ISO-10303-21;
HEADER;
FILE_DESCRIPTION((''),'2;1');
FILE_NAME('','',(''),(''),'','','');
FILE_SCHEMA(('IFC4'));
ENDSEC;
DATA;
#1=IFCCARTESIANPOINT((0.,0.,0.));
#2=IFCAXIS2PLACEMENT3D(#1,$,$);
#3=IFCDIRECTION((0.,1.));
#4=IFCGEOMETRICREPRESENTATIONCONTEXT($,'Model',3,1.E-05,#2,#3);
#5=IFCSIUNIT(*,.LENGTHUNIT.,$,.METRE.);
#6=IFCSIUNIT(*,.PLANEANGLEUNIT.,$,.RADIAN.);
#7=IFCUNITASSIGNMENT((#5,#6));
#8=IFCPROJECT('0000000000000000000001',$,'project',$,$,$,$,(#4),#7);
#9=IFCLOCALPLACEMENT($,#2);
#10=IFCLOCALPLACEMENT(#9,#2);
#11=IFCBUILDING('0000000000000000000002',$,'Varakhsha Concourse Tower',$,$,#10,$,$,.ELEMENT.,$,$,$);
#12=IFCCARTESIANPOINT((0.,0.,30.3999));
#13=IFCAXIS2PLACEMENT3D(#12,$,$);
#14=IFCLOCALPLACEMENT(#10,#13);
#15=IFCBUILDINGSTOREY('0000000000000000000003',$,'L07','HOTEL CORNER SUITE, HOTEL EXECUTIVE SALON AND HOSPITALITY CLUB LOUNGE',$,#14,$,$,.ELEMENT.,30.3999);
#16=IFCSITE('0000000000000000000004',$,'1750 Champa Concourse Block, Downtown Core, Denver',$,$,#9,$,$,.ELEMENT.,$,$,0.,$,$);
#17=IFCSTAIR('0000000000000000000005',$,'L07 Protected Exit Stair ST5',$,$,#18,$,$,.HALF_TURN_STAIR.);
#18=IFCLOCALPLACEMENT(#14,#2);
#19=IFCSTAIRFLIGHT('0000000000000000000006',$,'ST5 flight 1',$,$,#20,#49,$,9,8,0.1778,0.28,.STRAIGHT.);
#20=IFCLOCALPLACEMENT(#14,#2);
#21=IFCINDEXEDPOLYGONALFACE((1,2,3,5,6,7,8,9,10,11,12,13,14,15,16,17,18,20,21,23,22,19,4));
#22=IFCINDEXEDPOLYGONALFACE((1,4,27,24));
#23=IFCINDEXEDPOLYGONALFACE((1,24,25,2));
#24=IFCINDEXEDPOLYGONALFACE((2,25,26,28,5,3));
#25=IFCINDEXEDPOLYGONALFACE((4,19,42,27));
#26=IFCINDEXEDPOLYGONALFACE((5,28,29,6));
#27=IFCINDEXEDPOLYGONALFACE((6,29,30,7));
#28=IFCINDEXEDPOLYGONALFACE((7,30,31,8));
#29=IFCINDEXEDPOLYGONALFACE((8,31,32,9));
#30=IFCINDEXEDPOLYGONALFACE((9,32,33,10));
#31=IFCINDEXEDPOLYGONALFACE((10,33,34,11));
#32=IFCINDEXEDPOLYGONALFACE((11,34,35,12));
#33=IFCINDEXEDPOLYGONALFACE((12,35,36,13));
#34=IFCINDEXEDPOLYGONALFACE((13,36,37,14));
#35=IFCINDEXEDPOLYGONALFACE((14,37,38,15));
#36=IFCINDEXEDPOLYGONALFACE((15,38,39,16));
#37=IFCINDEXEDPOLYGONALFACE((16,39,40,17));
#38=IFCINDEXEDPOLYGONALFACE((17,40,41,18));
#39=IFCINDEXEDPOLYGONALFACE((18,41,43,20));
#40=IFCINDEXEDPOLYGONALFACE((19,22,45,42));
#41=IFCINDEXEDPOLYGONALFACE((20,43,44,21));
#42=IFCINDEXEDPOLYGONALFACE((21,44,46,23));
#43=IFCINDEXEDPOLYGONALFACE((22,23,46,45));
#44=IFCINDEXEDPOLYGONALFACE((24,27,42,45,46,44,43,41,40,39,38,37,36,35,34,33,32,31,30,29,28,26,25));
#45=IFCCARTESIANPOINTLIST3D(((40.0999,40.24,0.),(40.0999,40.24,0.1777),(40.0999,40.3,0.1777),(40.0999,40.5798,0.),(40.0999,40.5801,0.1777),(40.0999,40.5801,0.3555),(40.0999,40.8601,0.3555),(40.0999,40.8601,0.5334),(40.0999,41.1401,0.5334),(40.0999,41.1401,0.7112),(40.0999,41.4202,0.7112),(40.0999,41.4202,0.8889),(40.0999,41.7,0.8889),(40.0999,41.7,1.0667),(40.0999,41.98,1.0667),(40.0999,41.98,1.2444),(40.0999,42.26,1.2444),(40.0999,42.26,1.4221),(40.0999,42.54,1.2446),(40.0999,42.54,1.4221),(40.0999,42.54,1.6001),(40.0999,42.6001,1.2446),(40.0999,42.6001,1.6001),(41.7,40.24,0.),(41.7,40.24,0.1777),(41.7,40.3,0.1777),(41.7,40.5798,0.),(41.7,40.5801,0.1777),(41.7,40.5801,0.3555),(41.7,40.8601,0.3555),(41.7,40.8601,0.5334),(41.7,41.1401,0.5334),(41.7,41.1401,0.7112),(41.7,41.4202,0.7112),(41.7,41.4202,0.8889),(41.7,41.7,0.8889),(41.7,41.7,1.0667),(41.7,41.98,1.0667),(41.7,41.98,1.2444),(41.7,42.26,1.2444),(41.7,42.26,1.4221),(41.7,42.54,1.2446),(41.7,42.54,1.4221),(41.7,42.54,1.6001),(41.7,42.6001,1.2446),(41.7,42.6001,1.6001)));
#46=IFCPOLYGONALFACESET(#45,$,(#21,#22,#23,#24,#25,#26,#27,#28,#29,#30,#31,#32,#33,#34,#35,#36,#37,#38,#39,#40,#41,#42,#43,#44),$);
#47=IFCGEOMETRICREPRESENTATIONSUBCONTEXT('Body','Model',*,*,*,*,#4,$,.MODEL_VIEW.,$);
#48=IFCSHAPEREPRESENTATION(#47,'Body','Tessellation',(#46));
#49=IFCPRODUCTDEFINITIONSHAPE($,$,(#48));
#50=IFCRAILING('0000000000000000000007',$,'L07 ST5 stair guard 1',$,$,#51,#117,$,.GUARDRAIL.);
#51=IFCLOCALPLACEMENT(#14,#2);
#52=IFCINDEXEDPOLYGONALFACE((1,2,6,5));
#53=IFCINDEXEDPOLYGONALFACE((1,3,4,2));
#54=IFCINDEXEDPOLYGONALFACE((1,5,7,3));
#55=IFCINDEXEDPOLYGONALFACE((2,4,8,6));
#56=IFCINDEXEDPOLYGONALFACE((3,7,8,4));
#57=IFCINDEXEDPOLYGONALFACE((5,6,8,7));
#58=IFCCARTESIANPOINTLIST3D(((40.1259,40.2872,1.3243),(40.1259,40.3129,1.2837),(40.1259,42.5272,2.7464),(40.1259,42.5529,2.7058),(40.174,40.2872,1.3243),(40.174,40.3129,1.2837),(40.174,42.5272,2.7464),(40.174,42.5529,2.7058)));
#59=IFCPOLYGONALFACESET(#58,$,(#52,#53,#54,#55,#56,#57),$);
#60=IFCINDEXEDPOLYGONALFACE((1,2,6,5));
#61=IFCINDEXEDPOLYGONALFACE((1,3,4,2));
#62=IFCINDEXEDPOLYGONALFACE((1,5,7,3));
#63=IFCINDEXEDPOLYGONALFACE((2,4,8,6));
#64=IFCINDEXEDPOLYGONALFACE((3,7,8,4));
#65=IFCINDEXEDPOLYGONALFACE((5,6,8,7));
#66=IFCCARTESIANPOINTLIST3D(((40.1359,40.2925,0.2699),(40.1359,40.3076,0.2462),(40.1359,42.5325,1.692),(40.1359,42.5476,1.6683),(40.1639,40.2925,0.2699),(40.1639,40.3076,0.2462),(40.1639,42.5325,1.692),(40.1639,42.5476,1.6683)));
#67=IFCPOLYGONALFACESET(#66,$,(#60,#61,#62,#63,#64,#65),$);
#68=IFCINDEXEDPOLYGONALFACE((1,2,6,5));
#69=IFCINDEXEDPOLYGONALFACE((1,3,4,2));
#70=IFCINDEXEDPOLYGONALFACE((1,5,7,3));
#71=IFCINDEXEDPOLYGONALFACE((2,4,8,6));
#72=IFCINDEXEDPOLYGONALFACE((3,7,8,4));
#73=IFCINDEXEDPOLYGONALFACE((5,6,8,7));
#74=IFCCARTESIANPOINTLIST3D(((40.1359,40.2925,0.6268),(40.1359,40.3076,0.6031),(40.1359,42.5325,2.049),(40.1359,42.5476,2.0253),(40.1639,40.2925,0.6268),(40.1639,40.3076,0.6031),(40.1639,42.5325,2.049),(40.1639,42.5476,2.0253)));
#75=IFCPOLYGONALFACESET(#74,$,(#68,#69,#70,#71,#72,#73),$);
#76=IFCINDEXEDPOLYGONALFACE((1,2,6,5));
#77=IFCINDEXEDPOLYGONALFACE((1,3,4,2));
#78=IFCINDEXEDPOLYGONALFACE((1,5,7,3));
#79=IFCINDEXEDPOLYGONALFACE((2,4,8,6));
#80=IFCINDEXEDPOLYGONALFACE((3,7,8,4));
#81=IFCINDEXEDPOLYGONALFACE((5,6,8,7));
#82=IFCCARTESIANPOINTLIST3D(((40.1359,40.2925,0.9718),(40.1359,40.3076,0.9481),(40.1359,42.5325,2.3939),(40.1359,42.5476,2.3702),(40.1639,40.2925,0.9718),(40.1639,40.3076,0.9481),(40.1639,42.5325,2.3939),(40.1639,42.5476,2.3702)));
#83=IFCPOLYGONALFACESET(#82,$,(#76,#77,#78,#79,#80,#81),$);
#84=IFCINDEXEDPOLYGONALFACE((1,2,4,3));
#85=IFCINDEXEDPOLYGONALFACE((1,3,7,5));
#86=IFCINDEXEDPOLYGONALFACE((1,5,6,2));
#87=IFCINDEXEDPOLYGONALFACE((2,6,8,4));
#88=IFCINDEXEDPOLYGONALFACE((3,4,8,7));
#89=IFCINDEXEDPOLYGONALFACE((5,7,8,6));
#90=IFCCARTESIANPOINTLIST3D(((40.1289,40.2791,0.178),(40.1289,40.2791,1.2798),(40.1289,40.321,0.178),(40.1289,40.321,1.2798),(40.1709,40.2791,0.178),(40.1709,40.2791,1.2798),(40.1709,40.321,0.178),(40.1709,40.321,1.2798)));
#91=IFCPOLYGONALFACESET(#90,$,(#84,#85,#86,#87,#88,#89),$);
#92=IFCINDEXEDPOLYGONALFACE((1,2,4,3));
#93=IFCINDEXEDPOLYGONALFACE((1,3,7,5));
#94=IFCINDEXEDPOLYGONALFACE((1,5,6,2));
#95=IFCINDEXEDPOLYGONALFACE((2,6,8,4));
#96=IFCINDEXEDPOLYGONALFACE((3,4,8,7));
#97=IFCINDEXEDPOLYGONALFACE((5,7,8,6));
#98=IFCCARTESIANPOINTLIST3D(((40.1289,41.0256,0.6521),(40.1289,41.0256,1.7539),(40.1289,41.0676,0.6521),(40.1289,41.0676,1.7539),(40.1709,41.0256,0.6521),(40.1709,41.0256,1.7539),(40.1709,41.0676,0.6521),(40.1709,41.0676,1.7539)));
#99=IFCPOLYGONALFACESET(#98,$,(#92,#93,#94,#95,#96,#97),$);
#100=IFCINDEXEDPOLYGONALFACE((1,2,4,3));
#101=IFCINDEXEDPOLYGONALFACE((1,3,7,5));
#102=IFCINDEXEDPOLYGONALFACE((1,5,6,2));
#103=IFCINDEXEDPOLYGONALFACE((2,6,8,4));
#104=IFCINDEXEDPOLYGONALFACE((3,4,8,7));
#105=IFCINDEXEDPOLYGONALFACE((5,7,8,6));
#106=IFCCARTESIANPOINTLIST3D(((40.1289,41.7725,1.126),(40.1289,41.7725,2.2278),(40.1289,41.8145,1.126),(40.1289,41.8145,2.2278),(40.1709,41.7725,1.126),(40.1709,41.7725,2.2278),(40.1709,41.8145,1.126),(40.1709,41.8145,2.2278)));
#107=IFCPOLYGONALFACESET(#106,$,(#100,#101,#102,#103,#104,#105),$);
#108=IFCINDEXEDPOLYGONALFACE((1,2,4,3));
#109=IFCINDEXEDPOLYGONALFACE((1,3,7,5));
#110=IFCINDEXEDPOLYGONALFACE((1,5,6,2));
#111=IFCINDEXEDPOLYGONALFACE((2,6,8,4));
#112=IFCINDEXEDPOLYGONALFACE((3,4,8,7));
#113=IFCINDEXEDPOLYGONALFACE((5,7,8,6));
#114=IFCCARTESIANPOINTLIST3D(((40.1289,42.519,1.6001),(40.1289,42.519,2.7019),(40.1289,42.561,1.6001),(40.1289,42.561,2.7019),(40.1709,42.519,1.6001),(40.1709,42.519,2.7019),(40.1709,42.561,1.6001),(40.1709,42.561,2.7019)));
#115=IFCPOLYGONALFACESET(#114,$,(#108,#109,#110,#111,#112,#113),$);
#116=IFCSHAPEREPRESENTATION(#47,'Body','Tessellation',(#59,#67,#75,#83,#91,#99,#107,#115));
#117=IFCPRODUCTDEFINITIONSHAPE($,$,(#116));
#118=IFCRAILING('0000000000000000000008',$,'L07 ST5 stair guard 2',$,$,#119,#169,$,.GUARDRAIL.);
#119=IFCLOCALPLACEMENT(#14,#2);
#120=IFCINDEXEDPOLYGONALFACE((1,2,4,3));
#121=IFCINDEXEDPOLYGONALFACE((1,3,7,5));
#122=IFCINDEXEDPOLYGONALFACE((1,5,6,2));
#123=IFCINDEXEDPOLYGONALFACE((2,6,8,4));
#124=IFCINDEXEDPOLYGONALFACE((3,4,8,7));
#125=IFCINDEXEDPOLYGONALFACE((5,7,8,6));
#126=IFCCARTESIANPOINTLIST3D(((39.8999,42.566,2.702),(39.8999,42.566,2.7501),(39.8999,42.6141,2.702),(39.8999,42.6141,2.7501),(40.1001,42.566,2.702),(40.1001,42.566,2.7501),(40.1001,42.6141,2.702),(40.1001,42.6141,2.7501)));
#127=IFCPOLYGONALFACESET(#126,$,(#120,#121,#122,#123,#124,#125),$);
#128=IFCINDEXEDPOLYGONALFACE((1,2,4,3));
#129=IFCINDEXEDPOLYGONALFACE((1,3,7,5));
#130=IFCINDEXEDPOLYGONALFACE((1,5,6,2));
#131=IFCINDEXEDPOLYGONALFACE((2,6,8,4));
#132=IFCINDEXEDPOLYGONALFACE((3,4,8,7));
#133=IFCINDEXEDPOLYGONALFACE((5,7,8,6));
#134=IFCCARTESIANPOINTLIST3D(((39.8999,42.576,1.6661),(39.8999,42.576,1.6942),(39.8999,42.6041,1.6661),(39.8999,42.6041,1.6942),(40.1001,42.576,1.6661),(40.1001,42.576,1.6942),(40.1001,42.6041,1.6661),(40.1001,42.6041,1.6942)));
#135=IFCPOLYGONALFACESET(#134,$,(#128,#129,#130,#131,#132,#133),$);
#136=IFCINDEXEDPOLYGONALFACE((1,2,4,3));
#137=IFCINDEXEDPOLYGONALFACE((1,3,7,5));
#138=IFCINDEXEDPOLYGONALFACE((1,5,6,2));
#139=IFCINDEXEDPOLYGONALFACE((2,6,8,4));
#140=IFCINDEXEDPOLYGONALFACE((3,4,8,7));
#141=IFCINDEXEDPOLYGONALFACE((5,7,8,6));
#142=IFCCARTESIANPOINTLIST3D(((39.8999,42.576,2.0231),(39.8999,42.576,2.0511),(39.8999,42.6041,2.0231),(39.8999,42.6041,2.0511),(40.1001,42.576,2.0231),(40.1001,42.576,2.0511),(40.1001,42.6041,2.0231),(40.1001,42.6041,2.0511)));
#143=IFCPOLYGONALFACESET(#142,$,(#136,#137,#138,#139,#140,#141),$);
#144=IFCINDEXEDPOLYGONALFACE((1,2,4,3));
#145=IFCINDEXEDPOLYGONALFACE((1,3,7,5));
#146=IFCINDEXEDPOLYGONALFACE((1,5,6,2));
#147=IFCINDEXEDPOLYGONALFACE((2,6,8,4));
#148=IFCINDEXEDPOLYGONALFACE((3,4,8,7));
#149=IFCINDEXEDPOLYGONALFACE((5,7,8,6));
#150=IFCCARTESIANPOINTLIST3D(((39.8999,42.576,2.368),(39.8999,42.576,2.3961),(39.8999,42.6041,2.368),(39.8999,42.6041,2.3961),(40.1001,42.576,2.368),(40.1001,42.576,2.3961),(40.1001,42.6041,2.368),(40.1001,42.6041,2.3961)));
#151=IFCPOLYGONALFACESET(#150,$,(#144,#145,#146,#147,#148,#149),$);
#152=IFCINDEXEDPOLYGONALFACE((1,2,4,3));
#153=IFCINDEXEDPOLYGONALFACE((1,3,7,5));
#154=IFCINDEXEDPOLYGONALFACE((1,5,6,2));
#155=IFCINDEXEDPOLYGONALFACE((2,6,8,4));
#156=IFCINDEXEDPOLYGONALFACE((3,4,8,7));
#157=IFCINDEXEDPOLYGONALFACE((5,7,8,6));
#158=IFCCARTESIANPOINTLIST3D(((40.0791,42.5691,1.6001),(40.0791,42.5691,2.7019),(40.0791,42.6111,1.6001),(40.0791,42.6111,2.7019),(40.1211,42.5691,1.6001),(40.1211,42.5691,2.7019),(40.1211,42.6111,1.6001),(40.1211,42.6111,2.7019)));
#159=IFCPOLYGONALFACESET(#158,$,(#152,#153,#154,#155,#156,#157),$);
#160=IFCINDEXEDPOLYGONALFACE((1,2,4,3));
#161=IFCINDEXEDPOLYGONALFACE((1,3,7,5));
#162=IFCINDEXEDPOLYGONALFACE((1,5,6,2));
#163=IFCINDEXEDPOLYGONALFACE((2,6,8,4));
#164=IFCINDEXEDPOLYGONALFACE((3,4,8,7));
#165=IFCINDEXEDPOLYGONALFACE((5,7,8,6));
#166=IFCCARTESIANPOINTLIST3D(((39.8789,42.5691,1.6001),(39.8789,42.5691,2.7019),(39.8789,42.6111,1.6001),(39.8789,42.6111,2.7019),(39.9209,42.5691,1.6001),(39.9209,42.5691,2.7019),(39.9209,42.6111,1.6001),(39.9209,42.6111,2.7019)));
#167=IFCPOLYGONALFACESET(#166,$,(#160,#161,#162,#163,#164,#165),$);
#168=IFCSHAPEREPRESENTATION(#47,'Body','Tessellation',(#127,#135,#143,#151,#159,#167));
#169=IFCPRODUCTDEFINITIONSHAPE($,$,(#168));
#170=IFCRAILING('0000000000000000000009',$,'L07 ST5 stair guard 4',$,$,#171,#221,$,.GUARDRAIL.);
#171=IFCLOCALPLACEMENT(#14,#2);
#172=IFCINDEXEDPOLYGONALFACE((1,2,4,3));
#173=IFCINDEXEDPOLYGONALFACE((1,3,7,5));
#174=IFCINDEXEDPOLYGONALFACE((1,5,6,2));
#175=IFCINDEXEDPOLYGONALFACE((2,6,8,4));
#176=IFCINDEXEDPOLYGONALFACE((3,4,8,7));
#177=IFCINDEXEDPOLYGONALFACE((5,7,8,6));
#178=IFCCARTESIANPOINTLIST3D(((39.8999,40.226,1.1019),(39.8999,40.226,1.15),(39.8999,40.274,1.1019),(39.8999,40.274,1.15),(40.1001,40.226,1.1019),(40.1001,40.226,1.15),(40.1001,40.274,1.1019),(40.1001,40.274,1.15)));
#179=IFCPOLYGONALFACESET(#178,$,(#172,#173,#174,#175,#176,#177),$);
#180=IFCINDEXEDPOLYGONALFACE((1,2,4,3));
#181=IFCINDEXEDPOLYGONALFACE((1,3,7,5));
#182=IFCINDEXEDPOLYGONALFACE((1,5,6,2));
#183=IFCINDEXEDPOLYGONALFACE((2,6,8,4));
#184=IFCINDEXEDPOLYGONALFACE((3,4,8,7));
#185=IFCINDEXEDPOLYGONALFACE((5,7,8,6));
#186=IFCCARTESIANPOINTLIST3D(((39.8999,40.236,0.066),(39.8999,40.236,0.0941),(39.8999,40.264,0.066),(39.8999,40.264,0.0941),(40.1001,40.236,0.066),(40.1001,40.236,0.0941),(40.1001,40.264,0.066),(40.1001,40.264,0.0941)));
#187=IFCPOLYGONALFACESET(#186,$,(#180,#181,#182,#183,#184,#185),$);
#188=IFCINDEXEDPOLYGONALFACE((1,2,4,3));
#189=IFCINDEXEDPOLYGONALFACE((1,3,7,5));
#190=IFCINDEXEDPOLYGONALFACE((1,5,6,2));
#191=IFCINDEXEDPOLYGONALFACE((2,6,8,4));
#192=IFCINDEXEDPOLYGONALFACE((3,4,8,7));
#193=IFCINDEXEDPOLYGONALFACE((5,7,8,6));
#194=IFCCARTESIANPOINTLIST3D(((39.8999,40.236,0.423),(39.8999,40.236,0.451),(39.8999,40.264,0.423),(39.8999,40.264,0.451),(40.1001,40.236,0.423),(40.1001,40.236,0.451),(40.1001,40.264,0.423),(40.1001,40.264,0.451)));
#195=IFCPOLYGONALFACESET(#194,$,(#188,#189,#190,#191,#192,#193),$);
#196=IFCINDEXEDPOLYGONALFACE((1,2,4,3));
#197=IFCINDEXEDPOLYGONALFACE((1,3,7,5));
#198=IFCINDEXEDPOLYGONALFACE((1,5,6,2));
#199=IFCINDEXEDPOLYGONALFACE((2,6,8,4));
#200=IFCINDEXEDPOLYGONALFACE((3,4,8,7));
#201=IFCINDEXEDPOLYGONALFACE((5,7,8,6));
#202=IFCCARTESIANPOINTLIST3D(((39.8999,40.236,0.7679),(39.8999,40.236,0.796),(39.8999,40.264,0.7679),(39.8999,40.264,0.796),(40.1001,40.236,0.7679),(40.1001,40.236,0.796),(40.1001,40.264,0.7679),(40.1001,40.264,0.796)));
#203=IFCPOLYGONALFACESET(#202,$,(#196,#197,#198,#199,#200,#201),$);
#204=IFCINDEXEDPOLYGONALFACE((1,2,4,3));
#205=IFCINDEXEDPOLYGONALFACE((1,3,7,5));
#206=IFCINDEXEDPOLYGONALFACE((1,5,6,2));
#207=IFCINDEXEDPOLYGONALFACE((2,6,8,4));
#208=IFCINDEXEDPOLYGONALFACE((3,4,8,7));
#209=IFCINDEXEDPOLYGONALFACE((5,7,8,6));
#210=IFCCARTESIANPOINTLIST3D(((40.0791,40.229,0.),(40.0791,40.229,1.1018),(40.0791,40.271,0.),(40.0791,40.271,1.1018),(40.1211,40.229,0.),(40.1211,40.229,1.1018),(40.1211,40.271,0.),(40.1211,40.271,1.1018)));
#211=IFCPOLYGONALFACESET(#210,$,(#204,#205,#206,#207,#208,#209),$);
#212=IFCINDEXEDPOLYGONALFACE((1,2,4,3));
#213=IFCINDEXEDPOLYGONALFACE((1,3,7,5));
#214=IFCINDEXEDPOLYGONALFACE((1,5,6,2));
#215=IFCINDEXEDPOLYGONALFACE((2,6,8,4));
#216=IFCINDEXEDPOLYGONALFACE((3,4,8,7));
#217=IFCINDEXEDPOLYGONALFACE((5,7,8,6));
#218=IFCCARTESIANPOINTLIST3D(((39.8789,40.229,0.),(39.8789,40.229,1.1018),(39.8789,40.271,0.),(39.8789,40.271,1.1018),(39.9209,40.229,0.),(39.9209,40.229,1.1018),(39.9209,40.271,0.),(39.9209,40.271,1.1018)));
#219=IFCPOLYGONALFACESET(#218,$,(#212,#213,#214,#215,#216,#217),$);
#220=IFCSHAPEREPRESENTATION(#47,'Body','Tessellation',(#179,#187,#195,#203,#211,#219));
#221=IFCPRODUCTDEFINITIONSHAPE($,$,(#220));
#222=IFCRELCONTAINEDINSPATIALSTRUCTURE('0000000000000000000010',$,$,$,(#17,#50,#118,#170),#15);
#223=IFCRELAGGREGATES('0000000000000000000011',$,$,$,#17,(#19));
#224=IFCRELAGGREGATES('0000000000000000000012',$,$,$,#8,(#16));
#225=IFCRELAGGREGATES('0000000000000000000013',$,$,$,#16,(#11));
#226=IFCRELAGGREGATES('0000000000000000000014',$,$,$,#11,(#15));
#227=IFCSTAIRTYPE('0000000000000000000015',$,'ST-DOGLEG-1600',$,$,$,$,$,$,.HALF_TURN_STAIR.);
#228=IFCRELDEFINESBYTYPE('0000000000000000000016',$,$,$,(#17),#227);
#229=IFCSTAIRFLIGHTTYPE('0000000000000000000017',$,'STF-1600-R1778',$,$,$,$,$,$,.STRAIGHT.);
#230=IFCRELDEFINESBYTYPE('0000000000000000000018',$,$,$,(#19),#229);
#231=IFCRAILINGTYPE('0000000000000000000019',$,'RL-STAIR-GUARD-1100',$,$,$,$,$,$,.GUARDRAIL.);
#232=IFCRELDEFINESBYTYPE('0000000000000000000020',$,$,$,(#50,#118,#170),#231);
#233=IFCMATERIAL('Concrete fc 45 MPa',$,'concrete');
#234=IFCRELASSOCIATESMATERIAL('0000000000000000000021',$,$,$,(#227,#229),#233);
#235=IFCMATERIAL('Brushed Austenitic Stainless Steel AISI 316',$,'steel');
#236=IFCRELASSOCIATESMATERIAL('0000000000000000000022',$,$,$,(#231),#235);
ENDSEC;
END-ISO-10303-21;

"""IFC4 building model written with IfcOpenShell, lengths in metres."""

from ifc_helpers import new_model, si_unit, direction, frame, origin, origin_2d, place, context, subcontext, project, spatial, polyline, rectangle, outline, extrude, material, type_object, element, aggregate, save


model = new_model("IFC4")

# Units and contexts
model_context = context("Model", 3, precision=1e-05, world=origin(), true_north=direction((0.0, 1.0)))
body_context = subcontext(model_context, "Body", "Model", "MODEL_VIEW")
ifc_project = project(units=[si_unit("LENGTHUNIT", "METRE"), si_unit("PLANEANGLEUNIT", "RADIAN")], contexts=[model_context])

# Site, building, storey
site_placement = place(None, origin())
site = spatial("IfcSite", under=ifc_project, at=site_placement, Name="1750 Champa Concourse Block, Downtown Core, Denver", CompositionType="ELEMENT", RefElevation=0.0)
building_placement = place(site_placement, origin())
building = spatial("IfcBuilding", under=site, at=building_placement, Name="Varakhsha Concourse Tower", CompositionType="ELEMENT")
storey_placement = place(building_placement, frame((0.0, 0.0, 30.3999)))
storey = spatial("IfcBuildingStorey", under=building, at=storey_placement, Name="L07", Description="HOTEL CORNER SUITE, HOTEL EXECUTIVE SALON AND HOSPITALITY CLUB LOUNGE", CompositionType="ELEMENT", Elevation=30.3999)

# Shared definitions
ifc_material_1 = material(Name="Concrete fc 45 MPa", Category="concrete")

# Stair, stair flight
stair_type = type_object("IfcStairType", Name="ST-DOGLEG-1600", PredefinedType="HALF_TURN_STAIR", material=ifc_material_1)
stair_placement = place(storey_placement, origin())
stair = element("IfcStair", 1, at=stair_placement, inside=storey, type_object=stair_type, Name="L07 Protected Exit Stair ST5", PredefinedType="HALF_TURN_STAIR")
stair_flight_type = type_object("IfcStairFlightType", Name="STF-1600-R1778", PredefinedType="STRAIGHT", material=ifc_material_1)
stair_flight_placement = place(storey_placement, frame((40.8999, 40.3, 0.0), z_axis=(0.0, 0.0, 1.0), x_axis=(0.0, 1.0, 0.0)))
stair_flight = element("IfcStairFlight", 2, at=stair_flight_placement, type_object=stair_flight_type, Name="ST5 flight 1", NumberOfRisers=9, NumberOfTreads=8, PredefinedType="STRAIGHT", RiserHeight=0.1778, TreadLength=0.28, context=body_context, shape_type="SweptSolid", body=[
    extrude(outline(polyline([(-0.0601, 0.0), (-0.0601, 0.1777), (0.0, 0.1777), (0.28, 0.1777), (0.28, 0.3555), (0.5601, 0.3555), (0.5601, 0.5334), (0.8401, 0.5334), (0.8401, 0.7112), (1.1201, 0.7112), (1.1201, 0.8889), (1.3999, 0.8889), (1.3999, 1.0667), (1.6799, 1.0667), (1.6799, 1.2444), (1.96, 1.2444), (1.96, 1.4221), (2.24, 1.4221), (2.24, 1.6001), (2.3, 1.6001), (2.3, 1.2446), (2.24, 1.2446), (0.2798, 0.0), (-0.0601, 0.0)])), frame((0.0, 0.8, 0.0), z_axis=(0.0, -1.0, 0.0), x_axis=(1.0, 0.0, 0.0)), (0.0, 0.0, 1.0), 1.6001),
])
aggregate(stair, [stair_flight])

# Railings
ifc_material_2 = material(Name="Brushed Austenitic Stainless Steel AISI 316", Category="steel")
railing_type_1 = type_object("IfcRailingType", Name="RL-STAIR-GUARD-1100", PredefinedType="GUARDRAIL", material=ifc_material_2)
railing_1_placement = place(storey_placement, frame((40.1499, 40.3, 0.178)))
element("IfcRailing", 3, at=railing_1_placement, inside=storey, type_object=railing_type_1, Name="L07 ST5 stair guard 1", PredefinedType="GUARDRAIL", context=body_context, shape_type="SweptSolid", body=[
    extrude(rectangle(XDim=0.0481, YDim=0.0481, at=origin_2d()), frame((0.0, 0.0, 1.126), z_axis=(0.0, 0.844229, 0.535982), x_axis=(-1.0, 0.0, 0.0)), (0.0, 0.0, 1.0), 2.6533),
    extrude(rectangle(XDim=0.0281, YDim=0.0281, at=origin_2d()), frame((0.0, 0.0, 0.0801), z_axis=(0.0, 0.844229, 0.535982), x_axis=(-1.0, 0.0, 0.0)), (0.0, 0.0, 1.0), 2.6533),
    extrude(rectangle(XDim=0.0281, YDim=0.0281, at=origin_2d()), frame((0.0, 0.0, 0.437), z_axis=(0.0, 0.844229, 0.535982), x_axis=(-1.0, 0.0, 0.0)), (0.0, 0.0, 1.0), 2.6533),
    extrude(rectangle(XDim=0.0281, YDim=0.0281, at=origin_2d()), frame((0.0, 0.0, 0.782), z_axis=(0.0, 0.844229, 0.535982), x_axis=(-1.0, 0.0, 0.0)), (0.0, 0.0, 1.0), 2.6533),
    extrude(rectangle(XDim=0.042, YDim=0.042, at=origin_2d()), origin(), (0.0, 0.0, 1.0), 1.1018),
    extrude(rectangle(XDim=0.042, YDim=0.042, at=origin_2d()), frame((0.0, 0.7466, 0.4741)), (0.0, 0.0, 1.0), 1.1018),
    extrude(rectangle(XDim=0.042, YDim=0.042, at=origin_2d()), frame((0.0, 1.4934, 0.948)), (0.0, 0.0, 1.0), 1.1018),
    extrude(rectangle(XDim=0.042, YDim=0.042, at=origin_2d()), frame((0.0, 2.24, 1.4221)), (0.0, 0.0, 1.0), 1.1018),
])
for number, where, name in (
    (4, (40.1001, 42.5901, 1.6001), "L07 ST5 stair guard 2"),
    (5, (40.1001, 40.25, 0.0), "L07 ST5 stair guard 4"),
):
    element("IfcRailing", number, at=place(storey_placement, frame(where)), inside=storey, type_object=railing_type_1, Name=name, PredefinedType="GUARDRAIL", context=body_context, shape_type="SweptSolid", body=[
        extrude(rectangle(XDim=0.0481, YDim=0.0481, at=origin_2d()), frame((0.0, 0.0, 1.126), z_axis=(-1.0, 0.0, 0.0), x_axis=(0.0, -1.0, 0.0)), (0.0, 0.0, 1.0), 0.2002),
        extrude(rectangle(XDim=0.0281, YDim=0.0281, at=origin_2d()), frame((0.0, 0.0, 0.0801), z_axis=(-1.0, 0.0, 0.0), x_axis=(0.0, -1.0, 0.0)), (0.0, 0.0, 1.0), 0.2002),
        extrude(rectangle(XDim=0.0281, YDim=0.0281, at=origin_2d()), frame((0.0, 0.0, 0.437), z_axis=(-1.0, 0.0, 0.0), x_axis=(0.0, -1.0, 0.0)), (0.0, 0.0, 1.0), 0.2002),
        extrude(rectangle(XDim=0.0281, YDim=0.0281, at=origin_2d()), frame((0.0, 0.0, 0.782), z_axis=(-1.0, 0.0, 0.0), x_axis=(0.0, -1.0, 0.0)), (0.0, 0.0, 1.0), 0.2002),
        extrude(rectangle(XDim=0.042, YDim=0.042, at=origin_2d()), origin(), (0.0, 0.0, 1.0), 1.1018),
        extrude(rectangle(XDim=0.042, YDim=0.042, at=origin_2d()), frame((-0.2002, 0.0, 0.0)), (0.0, 0.0, 1.0), 1.1018),
    ])

save(model, "model.ifc")
